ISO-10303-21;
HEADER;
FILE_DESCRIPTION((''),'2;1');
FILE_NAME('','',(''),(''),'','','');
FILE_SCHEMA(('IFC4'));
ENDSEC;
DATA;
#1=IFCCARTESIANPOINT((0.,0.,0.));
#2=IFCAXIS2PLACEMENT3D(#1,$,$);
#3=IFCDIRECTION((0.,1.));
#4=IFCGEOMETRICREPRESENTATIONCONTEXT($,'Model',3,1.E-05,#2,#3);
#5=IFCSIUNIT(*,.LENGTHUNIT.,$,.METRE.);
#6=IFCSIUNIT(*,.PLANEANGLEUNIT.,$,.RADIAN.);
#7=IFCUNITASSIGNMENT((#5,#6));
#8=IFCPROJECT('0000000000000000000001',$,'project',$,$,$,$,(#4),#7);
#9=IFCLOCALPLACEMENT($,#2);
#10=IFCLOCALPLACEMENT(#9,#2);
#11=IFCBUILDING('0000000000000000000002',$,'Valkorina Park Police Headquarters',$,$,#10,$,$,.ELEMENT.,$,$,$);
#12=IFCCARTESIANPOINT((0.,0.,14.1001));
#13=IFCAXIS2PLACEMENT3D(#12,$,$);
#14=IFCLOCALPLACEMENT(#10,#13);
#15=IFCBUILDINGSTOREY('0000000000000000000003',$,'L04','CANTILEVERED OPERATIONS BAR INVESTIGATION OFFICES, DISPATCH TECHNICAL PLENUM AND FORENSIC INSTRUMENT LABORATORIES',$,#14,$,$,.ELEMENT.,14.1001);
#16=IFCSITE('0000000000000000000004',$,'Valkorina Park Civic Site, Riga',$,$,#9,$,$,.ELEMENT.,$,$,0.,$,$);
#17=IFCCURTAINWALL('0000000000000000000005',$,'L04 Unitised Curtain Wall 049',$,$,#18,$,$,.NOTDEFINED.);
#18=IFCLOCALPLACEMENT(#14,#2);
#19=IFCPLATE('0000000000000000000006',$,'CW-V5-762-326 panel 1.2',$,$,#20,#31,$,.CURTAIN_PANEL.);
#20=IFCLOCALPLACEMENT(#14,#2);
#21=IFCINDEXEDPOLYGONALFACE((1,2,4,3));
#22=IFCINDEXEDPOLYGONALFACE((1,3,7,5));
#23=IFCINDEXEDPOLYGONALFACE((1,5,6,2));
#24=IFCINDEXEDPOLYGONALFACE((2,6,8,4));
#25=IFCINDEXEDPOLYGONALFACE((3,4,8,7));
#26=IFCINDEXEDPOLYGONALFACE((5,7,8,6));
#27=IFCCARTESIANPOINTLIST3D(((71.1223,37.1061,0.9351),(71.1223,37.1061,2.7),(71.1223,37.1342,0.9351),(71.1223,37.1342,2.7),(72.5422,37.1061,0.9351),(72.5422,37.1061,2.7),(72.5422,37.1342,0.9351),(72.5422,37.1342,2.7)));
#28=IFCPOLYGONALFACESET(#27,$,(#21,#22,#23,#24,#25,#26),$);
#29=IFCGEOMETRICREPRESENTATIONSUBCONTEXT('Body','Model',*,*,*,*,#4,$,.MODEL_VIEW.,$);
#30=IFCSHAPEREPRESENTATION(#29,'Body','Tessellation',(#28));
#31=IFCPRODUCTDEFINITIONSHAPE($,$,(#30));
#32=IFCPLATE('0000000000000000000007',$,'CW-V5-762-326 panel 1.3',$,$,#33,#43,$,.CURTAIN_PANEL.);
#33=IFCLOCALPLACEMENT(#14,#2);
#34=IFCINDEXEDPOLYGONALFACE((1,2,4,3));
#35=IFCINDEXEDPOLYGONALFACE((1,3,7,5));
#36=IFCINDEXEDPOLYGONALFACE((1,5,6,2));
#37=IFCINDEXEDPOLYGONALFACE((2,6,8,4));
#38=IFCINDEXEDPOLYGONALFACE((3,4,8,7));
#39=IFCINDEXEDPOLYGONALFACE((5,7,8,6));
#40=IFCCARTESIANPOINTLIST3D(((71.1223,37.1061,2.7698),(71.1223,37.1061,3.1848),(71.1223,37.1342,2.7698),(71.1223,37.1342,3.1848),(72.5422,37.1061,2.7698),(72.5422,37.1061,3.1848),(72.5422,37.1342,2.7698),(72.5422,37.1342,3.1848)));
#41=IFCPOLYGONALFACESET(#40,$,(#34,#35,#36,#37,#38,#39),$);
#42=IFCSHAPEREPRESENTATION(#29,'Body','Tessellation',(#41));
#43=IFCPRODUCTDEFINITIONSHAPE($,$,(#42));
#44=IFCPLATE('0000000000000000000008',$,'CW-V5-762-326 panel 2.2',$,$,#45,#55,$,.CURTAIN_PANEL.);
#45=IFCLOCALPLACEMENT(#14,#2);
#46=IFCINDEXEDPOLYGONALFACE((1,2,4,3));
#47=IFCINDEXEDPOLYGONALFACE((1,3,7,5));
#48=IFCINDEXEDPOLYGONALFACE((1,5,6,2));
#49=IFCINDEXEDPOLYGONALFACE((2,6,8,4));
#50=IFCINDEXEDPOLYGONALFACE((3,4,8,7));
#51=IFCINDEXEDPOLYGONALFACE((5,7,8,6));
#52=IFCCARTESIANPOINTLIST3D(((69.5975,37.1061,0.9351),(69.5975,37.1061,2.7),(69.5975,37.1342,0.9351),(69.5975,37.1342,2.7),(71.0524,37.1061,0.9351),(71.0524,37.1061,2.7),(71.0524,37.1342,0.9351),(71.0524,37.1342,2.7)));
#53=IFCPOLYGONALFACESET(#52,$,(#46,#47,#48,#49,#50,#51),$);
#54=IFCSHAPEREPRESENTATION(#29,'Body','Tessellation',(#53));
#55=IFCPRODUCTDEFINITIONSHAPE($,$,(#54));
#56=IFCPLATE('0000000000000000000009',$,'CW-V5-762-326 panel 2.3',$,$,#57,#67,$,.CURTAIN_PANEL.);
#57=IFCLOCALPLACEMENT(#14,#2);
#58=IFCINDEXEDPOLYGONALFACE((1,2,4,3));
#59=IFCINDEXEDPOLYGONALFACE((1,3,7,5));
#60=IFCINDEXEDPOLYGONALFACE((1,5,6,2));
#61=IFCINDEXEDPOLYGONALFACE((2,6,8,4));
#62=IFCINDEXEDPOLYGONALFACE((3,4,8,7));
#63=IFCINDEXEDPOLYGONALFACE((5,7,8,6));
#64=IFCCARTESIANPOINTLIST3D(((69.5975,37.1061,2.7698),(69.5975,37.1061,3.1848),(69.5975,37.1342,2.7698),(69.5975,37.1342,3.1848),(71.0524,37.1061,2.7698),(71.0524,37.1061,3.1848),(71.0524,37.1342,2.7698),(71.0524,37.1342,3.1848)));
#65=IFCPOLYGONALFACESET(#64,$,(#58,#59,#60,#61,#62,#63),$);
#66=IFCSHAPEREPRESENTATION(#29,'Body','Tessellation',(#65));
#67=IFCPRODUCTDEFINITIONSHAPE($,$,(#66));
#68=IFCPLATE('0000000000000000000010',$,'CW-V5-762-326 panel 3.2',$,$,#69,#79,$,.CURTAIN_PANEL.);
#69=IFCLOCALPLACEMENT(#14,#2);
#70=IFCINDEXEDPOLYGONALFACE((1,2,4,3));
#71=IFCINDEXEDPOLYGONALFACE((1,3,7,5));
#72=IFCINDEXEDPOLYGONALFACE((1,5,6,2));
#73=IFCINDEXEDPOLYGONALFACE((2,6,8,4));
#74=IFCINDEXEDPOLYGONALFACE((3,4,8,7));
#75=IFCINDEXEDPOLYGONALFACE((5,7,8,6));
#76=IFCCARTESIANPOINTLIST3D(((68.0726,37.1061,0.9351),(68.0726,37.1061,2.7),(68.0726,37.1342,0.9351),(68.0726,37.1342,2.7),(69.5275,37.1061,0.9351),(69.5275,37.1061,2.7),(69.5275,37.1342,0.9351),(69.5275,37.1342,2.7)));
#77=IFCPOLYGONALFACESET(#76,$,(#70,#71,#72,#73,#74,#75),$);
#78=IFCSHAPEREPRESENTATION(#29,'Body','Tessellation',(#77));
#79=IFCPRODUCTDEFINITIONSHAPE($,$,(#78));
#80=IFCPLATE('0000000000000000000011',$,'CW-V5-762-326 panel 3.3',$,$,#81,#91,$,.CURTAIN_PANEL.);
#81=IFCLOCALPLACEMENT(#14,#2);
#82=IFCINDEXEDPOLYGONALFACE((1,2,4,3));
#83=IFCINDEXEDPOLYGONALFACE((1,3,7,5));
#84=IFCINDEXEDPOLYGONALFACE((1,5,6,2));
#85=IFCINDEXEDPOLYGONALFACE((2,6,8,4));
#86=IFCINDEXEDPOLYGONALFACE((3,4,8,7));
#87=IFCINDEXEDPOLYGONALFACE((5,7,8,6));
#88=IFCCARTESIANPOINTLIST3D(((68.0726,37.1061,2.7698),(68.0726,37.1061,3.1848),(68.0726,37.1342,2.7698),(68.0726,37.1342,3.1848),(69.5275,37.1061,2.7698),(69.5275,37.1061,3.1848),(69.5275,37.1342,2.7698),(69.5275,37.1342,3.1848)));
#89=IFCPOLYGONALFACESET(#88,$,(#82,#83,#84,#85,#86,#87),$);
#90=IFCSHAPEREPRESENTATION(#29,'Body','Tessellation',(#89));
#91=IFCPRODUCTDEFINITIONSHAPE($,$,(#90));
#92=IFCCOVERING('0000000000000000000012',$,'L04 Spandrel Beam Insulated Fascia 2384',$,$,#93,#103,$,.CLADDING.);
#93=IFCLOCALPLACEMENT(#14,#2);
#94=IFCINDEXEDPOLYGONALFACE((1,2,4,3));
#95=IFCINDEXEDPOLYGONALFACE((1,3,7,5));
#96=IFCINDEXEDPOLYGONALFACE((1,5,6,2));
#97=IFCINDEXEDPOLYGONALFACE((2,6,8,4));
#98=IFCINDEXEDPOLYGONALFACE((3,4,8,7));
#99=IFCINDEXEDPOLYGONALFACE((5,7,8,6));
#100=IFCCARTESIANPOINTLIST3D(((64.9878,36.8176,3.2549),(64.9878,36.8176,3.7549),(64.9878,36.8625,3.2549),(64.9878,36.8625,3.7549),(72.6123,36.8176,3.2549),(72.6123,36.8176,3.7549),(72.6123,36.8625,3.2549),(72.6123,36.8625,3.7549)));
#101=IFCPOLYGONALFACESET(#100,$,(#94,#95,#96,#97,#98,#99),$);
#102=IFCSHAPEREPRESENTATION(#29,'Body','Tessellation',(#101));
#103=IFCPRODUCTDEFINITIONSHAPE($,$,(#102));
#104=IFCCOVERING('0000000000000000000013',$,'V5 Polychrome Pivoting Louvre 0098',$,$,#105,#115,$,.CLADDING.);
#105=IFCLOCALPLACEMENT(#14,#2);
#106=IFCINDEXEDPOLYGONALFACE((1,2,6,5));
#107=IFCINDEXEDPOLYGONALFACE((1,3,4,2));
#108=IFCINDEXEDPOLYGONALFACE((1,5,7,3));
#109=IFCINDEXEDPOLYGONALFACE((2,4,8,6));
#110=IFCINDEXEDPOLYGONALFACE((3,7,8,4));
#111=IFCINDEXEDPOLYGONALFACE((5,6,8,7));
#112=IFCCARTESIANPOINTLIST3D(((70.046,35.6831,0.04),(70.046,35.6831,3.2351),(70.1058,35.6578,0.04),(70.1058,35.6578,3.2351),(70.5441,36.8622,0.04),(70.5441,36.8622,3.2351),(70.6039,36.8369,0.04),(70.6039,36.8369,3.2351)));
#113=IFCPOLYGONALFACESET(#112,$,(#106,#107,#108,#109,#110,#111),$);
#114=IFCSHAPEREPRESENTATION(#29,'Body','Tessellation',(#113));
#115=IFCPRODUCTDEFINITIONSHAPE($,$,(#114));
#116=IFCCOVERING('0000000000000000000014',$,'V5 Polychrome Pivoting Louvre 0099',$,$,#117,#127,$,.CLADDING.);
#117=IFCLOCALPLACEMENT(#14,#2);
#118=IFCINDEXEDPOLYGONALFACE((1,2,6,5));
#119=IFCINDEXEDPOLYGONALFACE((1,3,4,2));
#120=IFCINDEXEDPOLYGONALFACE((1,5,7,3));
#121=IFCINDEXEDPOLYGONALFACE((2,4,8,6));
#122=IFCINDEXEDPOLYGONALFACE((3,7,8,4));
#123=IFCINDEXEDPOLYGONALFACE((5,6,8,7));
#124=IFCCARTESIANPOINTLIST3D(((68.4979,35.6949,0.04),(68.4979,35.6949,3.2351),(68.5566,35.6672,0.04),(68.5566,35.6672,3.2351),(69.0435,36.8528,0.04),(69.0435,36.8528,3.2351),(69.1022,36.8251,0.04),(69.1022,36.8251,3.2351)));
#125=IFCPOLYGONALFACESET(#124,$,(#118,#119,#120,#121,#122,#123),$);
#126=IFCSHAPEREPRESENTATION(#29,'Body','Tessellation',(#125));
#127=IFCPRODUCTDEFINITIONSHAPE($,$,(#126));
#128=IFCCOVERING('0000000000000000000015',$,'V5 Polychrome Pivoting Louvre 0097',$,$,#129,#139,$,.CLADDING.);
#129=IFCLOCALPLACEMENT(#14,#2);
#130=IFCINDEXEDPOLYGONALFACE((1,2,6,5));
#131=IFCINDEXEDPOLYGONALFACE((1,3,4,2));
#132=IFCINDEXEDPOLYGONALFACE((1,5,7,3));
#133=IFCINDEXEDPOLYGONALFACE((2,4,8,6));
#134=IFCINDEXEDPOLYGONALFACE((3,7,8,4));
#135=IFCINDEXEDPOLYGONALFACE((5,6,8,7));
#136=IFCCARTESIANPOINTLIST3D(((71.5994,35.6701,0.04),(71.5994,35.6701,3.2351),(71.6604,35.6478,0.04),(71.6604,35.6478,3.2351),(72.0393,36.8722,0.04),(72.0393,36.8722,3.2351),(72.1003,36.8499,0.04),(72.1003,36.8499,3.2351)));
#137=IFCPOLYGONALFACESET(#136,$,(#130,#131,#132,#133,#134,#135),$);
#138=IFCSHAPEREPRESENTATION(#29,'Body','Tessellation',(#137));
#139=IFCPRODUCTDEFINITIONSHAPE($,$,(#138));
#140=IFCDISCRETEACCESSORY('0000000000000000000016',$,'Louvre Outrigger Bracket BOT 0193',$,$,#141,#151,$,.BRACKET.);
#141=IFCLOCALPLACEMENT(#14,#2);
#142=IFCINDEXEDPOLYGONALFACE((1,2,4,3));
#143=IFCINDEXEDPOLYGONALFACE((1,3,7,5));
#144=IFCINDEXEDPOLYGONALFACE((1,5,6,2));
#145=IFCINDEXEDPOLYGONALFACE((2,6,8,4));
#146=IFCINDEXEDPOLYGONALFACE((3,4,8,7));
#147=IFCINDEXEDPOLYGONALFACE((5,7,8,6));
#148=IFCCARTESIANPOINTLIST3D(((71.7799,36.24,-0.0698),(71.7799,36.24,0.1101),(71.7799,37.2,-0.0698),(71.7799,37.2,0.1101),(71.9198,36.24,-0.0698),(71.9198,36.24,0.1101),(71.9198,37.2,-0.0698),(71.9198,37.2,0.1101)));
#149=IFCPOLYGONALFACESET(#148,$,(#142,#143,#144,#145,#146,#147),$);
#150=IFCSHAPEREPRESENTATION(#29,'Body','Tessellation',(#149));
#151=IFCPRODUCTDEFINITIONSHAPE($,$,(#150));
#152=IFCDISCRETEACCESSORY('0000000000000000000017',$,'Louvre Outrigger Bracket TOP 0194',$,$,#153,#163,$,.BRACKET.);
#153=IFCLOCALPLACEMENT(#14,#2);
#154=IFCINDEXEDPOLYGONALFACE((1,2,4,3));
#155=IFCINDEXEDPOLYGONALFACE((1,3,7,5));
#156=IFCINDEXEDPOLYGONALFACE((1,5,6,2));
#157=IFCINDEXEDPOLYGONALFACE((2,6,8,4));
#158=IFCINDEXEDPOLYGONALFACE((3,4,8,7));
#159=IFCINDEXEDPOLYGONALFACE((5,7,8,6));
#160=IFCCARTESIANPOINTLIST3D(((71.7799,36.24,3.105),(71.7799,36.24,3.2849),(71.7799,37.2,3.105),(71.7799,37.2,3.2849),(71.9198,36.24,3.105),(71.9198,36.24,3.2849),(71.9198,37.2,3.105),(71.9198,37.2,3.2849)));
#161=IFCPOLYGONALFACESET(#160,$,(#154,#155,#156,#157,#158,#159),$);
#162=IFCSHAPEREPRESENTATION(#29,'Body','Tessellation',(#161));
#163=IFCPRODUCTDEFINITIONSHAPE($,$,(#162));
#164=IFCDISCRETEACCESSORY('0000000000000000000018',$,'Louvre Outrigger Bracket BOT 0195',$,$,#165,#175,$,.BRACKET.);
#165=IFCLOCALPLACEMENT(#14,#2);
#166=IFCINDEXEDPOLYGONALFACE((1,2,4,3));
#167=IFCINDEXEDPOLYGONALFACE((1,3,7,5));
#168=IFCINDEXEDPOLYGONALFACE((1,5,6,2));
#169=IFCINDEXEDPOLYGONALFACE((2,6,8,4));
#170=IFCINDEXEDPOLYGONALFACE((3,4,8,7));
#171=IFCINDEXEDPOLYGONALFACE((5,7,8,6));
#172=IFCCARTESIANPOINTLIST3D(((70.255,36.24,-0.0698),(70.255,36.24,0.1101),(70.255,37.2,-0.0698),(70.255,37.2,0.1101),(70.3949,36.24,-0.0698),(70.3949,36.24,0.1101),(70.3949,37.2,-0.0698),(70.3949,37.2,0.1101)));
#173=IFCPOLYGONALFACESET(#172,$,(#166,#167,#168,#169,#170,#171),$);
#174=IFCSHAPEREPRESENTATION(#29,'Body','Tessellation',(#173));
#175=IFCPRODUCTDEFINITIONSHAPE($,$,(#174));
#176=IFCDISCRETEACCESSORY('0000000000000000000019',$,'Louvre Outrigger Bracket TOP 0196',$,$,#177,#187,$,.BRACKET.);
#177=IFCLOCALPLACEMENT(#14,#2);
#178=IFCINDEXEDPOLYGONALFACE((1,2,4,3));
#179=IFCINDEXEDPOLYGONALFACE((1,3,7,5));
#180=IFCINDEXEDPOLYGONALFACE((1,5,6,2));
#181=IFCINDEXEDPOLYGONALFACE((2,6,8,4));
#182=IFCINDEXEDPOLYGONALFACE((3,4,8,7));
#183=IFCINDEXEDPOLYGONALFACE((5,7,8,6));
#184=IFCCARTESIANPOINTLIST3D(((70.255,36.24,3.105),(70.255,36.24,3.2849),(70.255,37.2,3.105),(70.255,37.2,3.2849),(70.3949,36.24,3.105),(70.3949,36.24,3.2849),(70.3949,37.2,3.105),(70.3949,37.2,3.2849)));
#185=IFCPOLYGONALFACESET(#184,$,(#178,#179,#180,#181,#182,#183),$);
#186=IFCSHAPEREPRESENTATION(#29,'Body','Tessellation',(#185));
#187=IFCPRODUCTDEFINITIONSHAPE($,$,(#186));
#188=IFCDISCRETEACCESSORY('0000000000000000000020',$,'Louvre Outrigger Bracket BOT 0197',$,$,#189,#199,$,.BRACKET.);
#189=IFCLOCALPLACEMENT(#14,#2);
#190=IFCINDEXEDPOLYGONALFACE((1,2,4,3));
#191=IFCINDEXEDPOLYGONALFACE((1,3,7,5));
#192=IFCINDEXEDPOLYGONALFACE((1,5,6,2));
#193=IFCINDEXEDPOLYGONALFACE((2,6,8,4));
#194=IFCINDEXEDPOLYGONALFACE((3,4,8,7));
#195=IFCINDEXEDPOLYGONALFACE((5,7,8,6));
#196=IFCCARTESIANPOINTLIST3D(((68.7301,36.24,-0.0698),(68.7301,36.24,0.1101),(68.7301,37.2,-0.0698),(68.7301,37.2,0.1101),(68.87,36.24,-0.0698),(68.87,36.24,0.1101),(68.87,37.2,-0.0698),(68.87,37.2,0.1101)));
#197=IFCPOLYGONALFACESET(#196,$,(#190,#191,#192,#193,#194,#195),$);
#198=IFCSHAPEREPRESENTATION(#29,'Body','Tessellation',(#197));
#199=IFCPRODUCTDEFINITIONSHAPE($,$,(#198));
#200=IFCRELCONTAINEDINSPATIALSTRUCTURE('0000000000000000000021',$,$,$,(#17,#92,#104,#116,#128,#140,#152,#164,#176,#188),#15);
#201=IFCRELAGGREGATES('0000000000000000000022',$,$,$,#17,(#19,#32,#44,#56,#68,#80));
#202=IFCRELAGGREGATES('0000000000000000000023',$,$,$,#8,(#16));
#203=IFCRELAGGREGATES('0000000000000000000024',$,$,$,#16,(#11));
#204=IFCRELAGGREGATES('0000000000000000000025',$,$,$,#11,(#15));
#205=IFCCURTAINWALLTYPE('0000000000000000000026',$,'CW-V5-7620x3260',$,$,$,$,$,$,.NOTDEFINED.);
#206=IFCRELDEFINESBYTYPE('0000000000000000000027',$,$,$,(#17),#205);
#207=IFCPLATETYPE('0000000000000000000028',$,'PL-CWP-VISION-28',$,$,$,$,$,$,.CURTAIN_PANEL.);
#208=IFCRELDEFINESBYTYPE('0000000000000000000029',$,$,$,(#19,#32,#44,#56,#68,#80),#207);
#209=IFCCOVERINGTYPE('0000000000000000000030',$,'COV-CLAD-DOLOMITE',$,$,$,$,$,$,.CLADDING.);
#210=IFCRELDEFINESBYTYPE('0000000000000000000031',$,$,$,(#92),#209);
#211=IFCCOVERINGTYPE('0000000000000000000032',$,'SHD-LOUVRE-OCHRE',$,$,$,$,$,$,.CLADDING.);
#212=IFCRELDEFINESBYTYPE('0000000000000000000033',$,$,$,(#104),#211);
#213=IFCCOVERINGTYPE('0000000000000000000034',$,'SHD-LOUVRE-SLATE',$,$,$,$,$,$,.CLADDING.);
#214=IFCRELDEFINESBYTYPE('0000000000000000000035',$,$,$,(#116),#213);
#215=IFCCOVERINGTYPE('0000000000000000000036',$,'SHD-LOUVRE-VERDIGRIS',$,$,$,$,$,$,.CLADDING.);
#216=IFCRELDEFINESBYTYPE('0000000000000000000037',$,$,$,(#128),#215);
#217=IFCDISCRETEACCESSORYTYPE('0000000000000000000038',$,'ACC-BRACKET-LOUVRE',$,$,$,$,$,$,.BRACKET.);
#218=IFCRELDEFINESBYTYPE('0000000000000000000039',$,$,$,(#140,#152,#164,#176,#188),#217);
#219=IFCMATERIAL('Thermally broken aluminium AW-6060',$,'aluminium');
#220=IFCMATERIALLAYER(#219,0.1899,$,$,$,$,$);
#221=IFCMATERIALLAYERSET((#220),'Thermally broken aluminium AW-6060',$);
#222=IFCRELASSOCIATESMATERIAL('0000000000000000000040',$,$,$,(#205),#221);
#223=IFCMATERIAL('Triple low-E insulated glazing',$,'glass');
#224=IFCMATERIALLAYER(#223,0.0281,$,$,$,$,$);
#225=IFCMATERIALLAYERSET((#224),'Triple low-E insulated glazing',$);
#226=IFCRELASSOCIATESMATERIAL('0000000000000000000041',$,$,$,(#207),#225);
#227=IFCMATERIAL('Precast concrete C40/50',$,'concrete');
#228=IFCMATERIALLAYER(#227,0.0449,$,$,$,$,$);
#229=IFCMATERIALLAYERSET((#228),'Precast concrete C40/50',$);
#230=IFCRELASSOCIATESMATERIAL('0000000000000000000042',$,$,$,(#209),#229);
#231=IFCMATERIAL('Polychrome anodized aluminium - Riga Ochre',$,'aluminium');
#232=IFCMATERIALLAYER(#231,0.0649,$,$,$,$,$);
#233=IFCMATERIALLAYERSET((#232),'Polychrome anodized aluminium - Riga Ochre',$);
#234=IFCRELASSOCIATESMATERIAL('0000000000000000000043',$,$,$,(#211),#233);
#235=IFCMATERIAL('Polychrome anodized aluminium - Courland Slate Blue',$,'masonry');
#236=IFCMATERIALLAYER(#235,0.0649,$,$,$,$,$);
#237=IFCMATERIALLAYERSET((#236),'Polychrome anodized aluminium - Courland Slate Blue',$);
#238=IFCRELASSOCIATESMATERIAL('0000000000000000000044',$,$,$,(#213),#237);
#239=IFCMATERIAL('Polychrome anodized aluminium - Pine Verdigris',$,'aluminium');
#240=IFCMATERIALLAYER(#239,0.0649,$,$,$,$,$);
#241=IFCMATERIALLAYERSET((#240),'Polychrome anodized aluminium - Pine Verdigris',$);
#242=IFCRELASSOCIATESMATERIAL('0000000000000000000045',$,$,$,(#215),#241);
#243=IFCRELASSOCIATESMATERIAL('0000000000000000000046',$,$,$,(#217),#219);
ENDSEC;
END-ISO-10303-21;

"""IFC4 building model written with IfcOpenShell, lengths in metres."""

from ifc_helpers import new_model, si_unit, direction, frame, frame_2d, origin, origin_2d, place, context, subcontext, project, spatial, rectangle, extrude, material, layer, layer_set, type_object, element, aggregate, save


model = new_model("IFC4")

# Units and contexts
model_context = context("Model", 3, precision=1e-05, world=origin(), true_north=direction((0.0, 1.0)))
body_context = subcontext(model_context, "Body", "Model", "MODEL_VIEW")
ifc_project = project(units=[si_unit("LENGTHUNIT", "METRE"), si_unit("PLANEANGLEUNIT", "RADIAN")], contexts=[model_context])

# Site, building, storey
site_placement = place(None, origin())
site = spatial("IfcSite", under=ifc_project, at=site_placement, Name="Valkorina Park Civic Site, Riga", CompositionType="ELEMENT", RefElevation=0.0)
building_placement = place(site_placement, origin())
building = spatial("IfcBuilding", under=site, at=building_placement, Name="Valkorina Park Police Headquarters", CompositionType="ELEMENT")
storey_placement = place(building_placement, frame((0.0, 0.0, 14.1001)))
storey = spatial("IfcBuildingStorey", under=building, at=storey_placement, Name="L04", Description="CANTILEVERED OPERATIONS BAR INVESTIGATION OFFICES, DISPATCH TECHNICAL PLENUM AND FORENSIC INSTRUMENT LABORATORIES", CompositionType="ELEMENT", Elevation=14.1001)

# Shared definitions
ifc_material_1 = material(Name="Thermally broken aluminium AW-6060", Category="aluminium")
ifc_layer_1 = layer(ifc_material_1, 0.1899)
ifc_layer_set_1 = layer_set([ifc_layer_1], Name="Thermally broken aluminium AW-6060")
curtain_wall_type = type_object("IfcCurtainWallType", Name="CW-V5-7620x3260", PredefinedType="NOTDEFINED", material=ifc_layer_set_1)

# Curtain wall, plates
curtain_wall_1_placement = place(storey_placement, origin())
curtain_wall_1 = element("IfcCurtainWall", 1, at=curtain_wall_1_placement, inside=storey, type_object=curtain_wall_type, Name="L04 Unitised Curtain Wall 049", PredefinedType="NOTDEFINED")
ifc_material_2 = material(Name="Triple low-E insulated glazing", Category="glass")
ifc_layer_2 = layer(ifc_material_2, 0.0281)
ifc_layer_set_2 = layer_set([ifc_layer_2], Name="Triple low-E insulated glazing")
plate_type_1 = type_object("IfcPlateType", Name="PL-CWP-VISION-28", PredefinedType="CURTAIN_PANEL", material=ifc_layer_set_2)
plate_1_placement = place(storey_placement, frame((71.8323, 37.1201, 0.9351), z_axis=(0.0, 0.0, 1.0), x_axis=(-1.0, 0.0, 0.0)))
plate_1 = element("IfcPlate", 2, at=plate_1_placement, type_object=plate_type_1, Name="CW-V5-762-326 panel 1.2", PredefinedType="CURTAIN_PANEL", context=body_context, shape_type="SweptSolid", body=[
    extrude(rectangle(XDim=1.4199, YDim=0.0281, at=origin_2d()), origin(), (0.0, 0.0, 1.0), 1.7649),
])
plate_2_placement = place(storey_placement, frame((71.8323, 37.1201, 2.7698), z_axis=(0.0, 0.0, 1.0), x_axis=(-1.0, 0.0, 0.0)))
plate_2 = element("IfcPlate", 3, at=plate_2_placement, type_object=plate_type_1, Name="CW-V5-762-326 panel 1.3", PredefinedType="CURTAIN_PANEL", context=body_context, shape_type="SweptSolid", body=[
    extrude(rectangle(XDim=1.4199, YDim=0.0281, at=origin_2d()), origin(), (0.0, 0.0, 1.0), 0.415),
])
plate_3_placement = place(storey_placement, frame((70.325, 37.1201, 0.9351), z_axis=(0.0, 0.0, 1.0), x_axis=(-1.0, 0.0, 0.0)))
plate_3 = element("IfcPlate", 4, at=plate_3_placement, type_object=plate_type_1, Name="CW-V5-762-326 panel 2.2", PredefinedType="CURTAIN_PANEL", context=body_context, shape_type="SweptSolid", body=[
    extrude(rectangle(XDim=1.4548, YDim=0.0281, at=origin_2d()), origin(), (0.0, 0.0, 1.0), 1.7649),
])
plate_4_placement = place(storey_placement, frame((70.325, 37.1201, 2.7698), z_axis=(0.0, 0.0, 1.0), x_axis=(-1.0, 0.0, 0.0)))
plate_4 = element("IfcPlate", 5, at=plate_4_placement, type_object=plate_type_1, Name="CW-V5-762-326 panel 2.3", PredefinedType="CURTAIN_PANEL", context=body_context, shape_type="SweptSolid", body=[
    extrude(rectangle(XDim=1.4548, YDim=0.0281, at=origin_2d()), origin(), (0.0, 0.0, 1.0), 0.415),
])
plate_5_placement = place(storey_placement, frame((68.8, 37.1201, 0.9351), z_axis=(0.0, 0.0, 1.0), x_axis=(-1.0, 0.0, 0.0)))
plate_5 = element("IfcPlate", 6, at=plate_5_placement, type_object=plate_type_1, Name="CW-V5-762-326 panel 3.2", PredefinedType="CURTAIN_PANEL", context=body_context, shape_type="SweptSolid", body=[
    extrude(rectangle(XDim=1.4548, YDim=0.0281, at=origin_2d()), origin(), (0.0, 0.0, 1.0), 1.7649),
])
plate_6_placement = place(storey_placement, frame((68.8, 37.1201, 2.7698), z_axis=(0.0, 0.0, 1.0), x_axis=(-1.0, 0.0, 0.0)))
plate_6 = element("IfcPlate", 7, at=plate_6_placement, type_object=plate_type_1, Name="CW-V5-762-326 panel 3.3", PredefinedType="CURTAIN_PANEL", context=body_context, shape_type="SweptSolid", body=[
    extrude(rectangle(XDim=1.4548, YDim=0.0281, at=origin_2d()), origin(), (0.0, 0.0, 1.0), 0.415),
])
aggregate(curtain_wall_1, [plate_1, plate_2, plate_3, plate_4, plate_5, plate_6])

# Coverings
ifc_material_3 = material(Name="Precast concrete C40/50", Category="concrete")
ifc_layer_3 = layer(ifc_material_3, 0.0449)
ifc_layer_set_3 = layer_set([ifc_layer_3], Name="Precast concrete C40/50")
covering_type_1 = type_object("IfcCoveringType", Name="COV-CLAD-DOLOMITE", PredefinedType="CLADDING", material=ifc_layer_set_3)
covering_1_placement = place(storey_placement, frame((72.6123, 36.8401, 3.2549), z_axis=(0.0, 0.0, 1.0), x_axis=(-1.0, 0.0, 0.0)))
element("IfcCovering", 8, at=covering_1_placement, inside=storey, type_object=covering_type_1, Name="L04 Spandrel Beam Insulated Fascia 2384", PredefinedType="CLADDING", context=body_context, shape_type="SweptSolid", body=[
    extrude(rectangle(XDim=7.6245, YDim=0.0449, at=frame_2d((3.8123, 0.0))), origin(), (0.0, 0.0, 1.0), 0.5),
])
ifc_material_4 = material(Name="Polychrome anodized aluminium - Riga Ochre", Category="aluminium")
ifc_layer_4 = layer(ifc_material_4, 0.0649)
ifc_layer_set_4 = layer_set([ifc_layer_4], Name="Polychrome anodized aluminium - Riga Ochre")
covering_type_2 = type_object("IfcCoveringType", Name="SHD-LOUVRE-OCHRE", PredefinedType="CLADDING", material=ifc_layer_set_4)
covering_2_placement = place(storey_placement, frame((70.325, 36.26, 0.04), z_axis=(0.0, 0.0, 1.0), x_axis=(-0.389124, -0.921185, 0.0)))
element("IfcCovering", 9, at=covering_2_placement, inside=storey, type_object=covering_type_2, Name="V5 Polychrome Pivoting Louvre 0098", PredefinedType="CLADDING", context=body_context, shape_type="SweptSolid", body=[
    extrude(rectangle(XDim=1.28, YDim=0.0649, at=origin_2d()), origin(), (0.0, 0.0, 1.0), 3.1951),
])
ifc_material_5 = material(Name="Polychrome anodized aluminium - Courland Slate Blue", Category="masonry")
ifc_layer_5 = layer(ifc_material_5, 0.0649)
ifc_layer_set_5 = layer_set([ifc_layer_5], Name="Polychrome anodized aluminium - Courland Slate Blue")
covering_type_3 = type_object("IfcCoveringType", Name="SHD-LOUVRE-SLATE", PredefinedType="CLADDING", material=ifc_layer_set_5)
covering_3_placement = place(storey_placement, frame((68.8, 36.26, 0.04), z_axis=(0.0, 0.0, 1.0), x_axis=(-0.426253, -0.904604, 0.0)))
element("IfcCovering", 10, at=covering_3_placement, inside=storey, type_object=covering_type_3, Name="V5 Polychrome Pivoting Louvre 0099", PredefinedType="CLADDING", context=body_context, shape_type="SweptSolid", body=[
    extrude(rectangle(XDim=1.28, YDim=0.0649, at=origin_2d()), origin(), (0.0, 0.0, 1.0), 3.1951),
])
ifc_material_6 = material(Name="Polychrome anodized aluminium - Pine Verdigris", Category="aluminium")
ifc_layer_6 = layer(ifc_material_6, 0.0649)
ifc_layer_set_6 = layer_set([ifc_layer_6], Name="Polychrome anodized aluminium - Pine Verdigris")
covering_type_4 = type_object("IfcCoveringType", Name="SHD-LOUVRE-VERDIGRIS", PredefinedType="CLADDING", material=ifc_layer_set_6)
covering_4_placement = place(storey_placement, frame((71.8499, 36.26, 0.04), z_axis=(0.0, 0.0, 1.0), x_axis=(-0.34366, -0.939094, 0.0)))
element("IfcCovering", 11, at=covering_4_placement, inside=storey, type_object=covering_type_4, Name="V5 Polychrome Pivoting Louvre 0097", PredefinedType="CLADDING", context=body_context, shape_type="SweptSolid", body=[
    extrude(rectangle(XDim=1.28, YDim=0.0649, at=origin_2d()), origin(), (0.0, 0.0, 1.0), 3.1951),
])

# Discrete accessories
discrete_accessory_type = type_object("IfcDiscreteAccessoryType", Name="ACC-BRACKET-LOUVRE", PredefinedType="BRACKET", material=ifc_material_1)
for number, where, z_axis, x_axis, name in (
    (12, (71.8499, 36.72, -0.0698), (0.0, 0.0, 1.0), (0.0, -1.0, 0.0), "Louvre Outrigger Bracket BOT 0193"),
    (13, (71.8499, 36.72, 3.105), (0.0, 0.0, 1.0), (0.0, -1.0, 0.0), "Louvre Outrigger Bracket TOP 0194"),
    (14, (70.325, 36.72, -0.0698), (0.0, 0.0, 1.0), (0.0, -1.0, 0.0), "Louvre Outrigger Bracket BOT 0195"),
    (15, (70.325, 36.72, 3.105), (0.0, 0.0, 1.0), (0.0, -1.0, 0.0), "Louvre Outrigger Bracket TOP 0196"),
    (16, (68.8, 36.72, -0.0698), (0.0, 0.0, 1.0), (0.0, -1.0, 0.0), "Louvre Outrigger Bracket BOT 0197"),
):
    element("IfcDiscreteAccessory", number, at=place(storey_placement, frame(where, z_axis=z_axis, x_axis=x_axis)), inside=storey, type_object=discrete_accessory_type, Name=name, PredefinedType="BRACKET", context=body_context, shape_type="SweptSolid", body=[
        extrude(rectangle(XDim=0.96, YDim=0.1399, at=origin_2d()), origin(), (0.0, 0.0, 1.0), 0.1799),
    ])

save(model, "model.ifc")
